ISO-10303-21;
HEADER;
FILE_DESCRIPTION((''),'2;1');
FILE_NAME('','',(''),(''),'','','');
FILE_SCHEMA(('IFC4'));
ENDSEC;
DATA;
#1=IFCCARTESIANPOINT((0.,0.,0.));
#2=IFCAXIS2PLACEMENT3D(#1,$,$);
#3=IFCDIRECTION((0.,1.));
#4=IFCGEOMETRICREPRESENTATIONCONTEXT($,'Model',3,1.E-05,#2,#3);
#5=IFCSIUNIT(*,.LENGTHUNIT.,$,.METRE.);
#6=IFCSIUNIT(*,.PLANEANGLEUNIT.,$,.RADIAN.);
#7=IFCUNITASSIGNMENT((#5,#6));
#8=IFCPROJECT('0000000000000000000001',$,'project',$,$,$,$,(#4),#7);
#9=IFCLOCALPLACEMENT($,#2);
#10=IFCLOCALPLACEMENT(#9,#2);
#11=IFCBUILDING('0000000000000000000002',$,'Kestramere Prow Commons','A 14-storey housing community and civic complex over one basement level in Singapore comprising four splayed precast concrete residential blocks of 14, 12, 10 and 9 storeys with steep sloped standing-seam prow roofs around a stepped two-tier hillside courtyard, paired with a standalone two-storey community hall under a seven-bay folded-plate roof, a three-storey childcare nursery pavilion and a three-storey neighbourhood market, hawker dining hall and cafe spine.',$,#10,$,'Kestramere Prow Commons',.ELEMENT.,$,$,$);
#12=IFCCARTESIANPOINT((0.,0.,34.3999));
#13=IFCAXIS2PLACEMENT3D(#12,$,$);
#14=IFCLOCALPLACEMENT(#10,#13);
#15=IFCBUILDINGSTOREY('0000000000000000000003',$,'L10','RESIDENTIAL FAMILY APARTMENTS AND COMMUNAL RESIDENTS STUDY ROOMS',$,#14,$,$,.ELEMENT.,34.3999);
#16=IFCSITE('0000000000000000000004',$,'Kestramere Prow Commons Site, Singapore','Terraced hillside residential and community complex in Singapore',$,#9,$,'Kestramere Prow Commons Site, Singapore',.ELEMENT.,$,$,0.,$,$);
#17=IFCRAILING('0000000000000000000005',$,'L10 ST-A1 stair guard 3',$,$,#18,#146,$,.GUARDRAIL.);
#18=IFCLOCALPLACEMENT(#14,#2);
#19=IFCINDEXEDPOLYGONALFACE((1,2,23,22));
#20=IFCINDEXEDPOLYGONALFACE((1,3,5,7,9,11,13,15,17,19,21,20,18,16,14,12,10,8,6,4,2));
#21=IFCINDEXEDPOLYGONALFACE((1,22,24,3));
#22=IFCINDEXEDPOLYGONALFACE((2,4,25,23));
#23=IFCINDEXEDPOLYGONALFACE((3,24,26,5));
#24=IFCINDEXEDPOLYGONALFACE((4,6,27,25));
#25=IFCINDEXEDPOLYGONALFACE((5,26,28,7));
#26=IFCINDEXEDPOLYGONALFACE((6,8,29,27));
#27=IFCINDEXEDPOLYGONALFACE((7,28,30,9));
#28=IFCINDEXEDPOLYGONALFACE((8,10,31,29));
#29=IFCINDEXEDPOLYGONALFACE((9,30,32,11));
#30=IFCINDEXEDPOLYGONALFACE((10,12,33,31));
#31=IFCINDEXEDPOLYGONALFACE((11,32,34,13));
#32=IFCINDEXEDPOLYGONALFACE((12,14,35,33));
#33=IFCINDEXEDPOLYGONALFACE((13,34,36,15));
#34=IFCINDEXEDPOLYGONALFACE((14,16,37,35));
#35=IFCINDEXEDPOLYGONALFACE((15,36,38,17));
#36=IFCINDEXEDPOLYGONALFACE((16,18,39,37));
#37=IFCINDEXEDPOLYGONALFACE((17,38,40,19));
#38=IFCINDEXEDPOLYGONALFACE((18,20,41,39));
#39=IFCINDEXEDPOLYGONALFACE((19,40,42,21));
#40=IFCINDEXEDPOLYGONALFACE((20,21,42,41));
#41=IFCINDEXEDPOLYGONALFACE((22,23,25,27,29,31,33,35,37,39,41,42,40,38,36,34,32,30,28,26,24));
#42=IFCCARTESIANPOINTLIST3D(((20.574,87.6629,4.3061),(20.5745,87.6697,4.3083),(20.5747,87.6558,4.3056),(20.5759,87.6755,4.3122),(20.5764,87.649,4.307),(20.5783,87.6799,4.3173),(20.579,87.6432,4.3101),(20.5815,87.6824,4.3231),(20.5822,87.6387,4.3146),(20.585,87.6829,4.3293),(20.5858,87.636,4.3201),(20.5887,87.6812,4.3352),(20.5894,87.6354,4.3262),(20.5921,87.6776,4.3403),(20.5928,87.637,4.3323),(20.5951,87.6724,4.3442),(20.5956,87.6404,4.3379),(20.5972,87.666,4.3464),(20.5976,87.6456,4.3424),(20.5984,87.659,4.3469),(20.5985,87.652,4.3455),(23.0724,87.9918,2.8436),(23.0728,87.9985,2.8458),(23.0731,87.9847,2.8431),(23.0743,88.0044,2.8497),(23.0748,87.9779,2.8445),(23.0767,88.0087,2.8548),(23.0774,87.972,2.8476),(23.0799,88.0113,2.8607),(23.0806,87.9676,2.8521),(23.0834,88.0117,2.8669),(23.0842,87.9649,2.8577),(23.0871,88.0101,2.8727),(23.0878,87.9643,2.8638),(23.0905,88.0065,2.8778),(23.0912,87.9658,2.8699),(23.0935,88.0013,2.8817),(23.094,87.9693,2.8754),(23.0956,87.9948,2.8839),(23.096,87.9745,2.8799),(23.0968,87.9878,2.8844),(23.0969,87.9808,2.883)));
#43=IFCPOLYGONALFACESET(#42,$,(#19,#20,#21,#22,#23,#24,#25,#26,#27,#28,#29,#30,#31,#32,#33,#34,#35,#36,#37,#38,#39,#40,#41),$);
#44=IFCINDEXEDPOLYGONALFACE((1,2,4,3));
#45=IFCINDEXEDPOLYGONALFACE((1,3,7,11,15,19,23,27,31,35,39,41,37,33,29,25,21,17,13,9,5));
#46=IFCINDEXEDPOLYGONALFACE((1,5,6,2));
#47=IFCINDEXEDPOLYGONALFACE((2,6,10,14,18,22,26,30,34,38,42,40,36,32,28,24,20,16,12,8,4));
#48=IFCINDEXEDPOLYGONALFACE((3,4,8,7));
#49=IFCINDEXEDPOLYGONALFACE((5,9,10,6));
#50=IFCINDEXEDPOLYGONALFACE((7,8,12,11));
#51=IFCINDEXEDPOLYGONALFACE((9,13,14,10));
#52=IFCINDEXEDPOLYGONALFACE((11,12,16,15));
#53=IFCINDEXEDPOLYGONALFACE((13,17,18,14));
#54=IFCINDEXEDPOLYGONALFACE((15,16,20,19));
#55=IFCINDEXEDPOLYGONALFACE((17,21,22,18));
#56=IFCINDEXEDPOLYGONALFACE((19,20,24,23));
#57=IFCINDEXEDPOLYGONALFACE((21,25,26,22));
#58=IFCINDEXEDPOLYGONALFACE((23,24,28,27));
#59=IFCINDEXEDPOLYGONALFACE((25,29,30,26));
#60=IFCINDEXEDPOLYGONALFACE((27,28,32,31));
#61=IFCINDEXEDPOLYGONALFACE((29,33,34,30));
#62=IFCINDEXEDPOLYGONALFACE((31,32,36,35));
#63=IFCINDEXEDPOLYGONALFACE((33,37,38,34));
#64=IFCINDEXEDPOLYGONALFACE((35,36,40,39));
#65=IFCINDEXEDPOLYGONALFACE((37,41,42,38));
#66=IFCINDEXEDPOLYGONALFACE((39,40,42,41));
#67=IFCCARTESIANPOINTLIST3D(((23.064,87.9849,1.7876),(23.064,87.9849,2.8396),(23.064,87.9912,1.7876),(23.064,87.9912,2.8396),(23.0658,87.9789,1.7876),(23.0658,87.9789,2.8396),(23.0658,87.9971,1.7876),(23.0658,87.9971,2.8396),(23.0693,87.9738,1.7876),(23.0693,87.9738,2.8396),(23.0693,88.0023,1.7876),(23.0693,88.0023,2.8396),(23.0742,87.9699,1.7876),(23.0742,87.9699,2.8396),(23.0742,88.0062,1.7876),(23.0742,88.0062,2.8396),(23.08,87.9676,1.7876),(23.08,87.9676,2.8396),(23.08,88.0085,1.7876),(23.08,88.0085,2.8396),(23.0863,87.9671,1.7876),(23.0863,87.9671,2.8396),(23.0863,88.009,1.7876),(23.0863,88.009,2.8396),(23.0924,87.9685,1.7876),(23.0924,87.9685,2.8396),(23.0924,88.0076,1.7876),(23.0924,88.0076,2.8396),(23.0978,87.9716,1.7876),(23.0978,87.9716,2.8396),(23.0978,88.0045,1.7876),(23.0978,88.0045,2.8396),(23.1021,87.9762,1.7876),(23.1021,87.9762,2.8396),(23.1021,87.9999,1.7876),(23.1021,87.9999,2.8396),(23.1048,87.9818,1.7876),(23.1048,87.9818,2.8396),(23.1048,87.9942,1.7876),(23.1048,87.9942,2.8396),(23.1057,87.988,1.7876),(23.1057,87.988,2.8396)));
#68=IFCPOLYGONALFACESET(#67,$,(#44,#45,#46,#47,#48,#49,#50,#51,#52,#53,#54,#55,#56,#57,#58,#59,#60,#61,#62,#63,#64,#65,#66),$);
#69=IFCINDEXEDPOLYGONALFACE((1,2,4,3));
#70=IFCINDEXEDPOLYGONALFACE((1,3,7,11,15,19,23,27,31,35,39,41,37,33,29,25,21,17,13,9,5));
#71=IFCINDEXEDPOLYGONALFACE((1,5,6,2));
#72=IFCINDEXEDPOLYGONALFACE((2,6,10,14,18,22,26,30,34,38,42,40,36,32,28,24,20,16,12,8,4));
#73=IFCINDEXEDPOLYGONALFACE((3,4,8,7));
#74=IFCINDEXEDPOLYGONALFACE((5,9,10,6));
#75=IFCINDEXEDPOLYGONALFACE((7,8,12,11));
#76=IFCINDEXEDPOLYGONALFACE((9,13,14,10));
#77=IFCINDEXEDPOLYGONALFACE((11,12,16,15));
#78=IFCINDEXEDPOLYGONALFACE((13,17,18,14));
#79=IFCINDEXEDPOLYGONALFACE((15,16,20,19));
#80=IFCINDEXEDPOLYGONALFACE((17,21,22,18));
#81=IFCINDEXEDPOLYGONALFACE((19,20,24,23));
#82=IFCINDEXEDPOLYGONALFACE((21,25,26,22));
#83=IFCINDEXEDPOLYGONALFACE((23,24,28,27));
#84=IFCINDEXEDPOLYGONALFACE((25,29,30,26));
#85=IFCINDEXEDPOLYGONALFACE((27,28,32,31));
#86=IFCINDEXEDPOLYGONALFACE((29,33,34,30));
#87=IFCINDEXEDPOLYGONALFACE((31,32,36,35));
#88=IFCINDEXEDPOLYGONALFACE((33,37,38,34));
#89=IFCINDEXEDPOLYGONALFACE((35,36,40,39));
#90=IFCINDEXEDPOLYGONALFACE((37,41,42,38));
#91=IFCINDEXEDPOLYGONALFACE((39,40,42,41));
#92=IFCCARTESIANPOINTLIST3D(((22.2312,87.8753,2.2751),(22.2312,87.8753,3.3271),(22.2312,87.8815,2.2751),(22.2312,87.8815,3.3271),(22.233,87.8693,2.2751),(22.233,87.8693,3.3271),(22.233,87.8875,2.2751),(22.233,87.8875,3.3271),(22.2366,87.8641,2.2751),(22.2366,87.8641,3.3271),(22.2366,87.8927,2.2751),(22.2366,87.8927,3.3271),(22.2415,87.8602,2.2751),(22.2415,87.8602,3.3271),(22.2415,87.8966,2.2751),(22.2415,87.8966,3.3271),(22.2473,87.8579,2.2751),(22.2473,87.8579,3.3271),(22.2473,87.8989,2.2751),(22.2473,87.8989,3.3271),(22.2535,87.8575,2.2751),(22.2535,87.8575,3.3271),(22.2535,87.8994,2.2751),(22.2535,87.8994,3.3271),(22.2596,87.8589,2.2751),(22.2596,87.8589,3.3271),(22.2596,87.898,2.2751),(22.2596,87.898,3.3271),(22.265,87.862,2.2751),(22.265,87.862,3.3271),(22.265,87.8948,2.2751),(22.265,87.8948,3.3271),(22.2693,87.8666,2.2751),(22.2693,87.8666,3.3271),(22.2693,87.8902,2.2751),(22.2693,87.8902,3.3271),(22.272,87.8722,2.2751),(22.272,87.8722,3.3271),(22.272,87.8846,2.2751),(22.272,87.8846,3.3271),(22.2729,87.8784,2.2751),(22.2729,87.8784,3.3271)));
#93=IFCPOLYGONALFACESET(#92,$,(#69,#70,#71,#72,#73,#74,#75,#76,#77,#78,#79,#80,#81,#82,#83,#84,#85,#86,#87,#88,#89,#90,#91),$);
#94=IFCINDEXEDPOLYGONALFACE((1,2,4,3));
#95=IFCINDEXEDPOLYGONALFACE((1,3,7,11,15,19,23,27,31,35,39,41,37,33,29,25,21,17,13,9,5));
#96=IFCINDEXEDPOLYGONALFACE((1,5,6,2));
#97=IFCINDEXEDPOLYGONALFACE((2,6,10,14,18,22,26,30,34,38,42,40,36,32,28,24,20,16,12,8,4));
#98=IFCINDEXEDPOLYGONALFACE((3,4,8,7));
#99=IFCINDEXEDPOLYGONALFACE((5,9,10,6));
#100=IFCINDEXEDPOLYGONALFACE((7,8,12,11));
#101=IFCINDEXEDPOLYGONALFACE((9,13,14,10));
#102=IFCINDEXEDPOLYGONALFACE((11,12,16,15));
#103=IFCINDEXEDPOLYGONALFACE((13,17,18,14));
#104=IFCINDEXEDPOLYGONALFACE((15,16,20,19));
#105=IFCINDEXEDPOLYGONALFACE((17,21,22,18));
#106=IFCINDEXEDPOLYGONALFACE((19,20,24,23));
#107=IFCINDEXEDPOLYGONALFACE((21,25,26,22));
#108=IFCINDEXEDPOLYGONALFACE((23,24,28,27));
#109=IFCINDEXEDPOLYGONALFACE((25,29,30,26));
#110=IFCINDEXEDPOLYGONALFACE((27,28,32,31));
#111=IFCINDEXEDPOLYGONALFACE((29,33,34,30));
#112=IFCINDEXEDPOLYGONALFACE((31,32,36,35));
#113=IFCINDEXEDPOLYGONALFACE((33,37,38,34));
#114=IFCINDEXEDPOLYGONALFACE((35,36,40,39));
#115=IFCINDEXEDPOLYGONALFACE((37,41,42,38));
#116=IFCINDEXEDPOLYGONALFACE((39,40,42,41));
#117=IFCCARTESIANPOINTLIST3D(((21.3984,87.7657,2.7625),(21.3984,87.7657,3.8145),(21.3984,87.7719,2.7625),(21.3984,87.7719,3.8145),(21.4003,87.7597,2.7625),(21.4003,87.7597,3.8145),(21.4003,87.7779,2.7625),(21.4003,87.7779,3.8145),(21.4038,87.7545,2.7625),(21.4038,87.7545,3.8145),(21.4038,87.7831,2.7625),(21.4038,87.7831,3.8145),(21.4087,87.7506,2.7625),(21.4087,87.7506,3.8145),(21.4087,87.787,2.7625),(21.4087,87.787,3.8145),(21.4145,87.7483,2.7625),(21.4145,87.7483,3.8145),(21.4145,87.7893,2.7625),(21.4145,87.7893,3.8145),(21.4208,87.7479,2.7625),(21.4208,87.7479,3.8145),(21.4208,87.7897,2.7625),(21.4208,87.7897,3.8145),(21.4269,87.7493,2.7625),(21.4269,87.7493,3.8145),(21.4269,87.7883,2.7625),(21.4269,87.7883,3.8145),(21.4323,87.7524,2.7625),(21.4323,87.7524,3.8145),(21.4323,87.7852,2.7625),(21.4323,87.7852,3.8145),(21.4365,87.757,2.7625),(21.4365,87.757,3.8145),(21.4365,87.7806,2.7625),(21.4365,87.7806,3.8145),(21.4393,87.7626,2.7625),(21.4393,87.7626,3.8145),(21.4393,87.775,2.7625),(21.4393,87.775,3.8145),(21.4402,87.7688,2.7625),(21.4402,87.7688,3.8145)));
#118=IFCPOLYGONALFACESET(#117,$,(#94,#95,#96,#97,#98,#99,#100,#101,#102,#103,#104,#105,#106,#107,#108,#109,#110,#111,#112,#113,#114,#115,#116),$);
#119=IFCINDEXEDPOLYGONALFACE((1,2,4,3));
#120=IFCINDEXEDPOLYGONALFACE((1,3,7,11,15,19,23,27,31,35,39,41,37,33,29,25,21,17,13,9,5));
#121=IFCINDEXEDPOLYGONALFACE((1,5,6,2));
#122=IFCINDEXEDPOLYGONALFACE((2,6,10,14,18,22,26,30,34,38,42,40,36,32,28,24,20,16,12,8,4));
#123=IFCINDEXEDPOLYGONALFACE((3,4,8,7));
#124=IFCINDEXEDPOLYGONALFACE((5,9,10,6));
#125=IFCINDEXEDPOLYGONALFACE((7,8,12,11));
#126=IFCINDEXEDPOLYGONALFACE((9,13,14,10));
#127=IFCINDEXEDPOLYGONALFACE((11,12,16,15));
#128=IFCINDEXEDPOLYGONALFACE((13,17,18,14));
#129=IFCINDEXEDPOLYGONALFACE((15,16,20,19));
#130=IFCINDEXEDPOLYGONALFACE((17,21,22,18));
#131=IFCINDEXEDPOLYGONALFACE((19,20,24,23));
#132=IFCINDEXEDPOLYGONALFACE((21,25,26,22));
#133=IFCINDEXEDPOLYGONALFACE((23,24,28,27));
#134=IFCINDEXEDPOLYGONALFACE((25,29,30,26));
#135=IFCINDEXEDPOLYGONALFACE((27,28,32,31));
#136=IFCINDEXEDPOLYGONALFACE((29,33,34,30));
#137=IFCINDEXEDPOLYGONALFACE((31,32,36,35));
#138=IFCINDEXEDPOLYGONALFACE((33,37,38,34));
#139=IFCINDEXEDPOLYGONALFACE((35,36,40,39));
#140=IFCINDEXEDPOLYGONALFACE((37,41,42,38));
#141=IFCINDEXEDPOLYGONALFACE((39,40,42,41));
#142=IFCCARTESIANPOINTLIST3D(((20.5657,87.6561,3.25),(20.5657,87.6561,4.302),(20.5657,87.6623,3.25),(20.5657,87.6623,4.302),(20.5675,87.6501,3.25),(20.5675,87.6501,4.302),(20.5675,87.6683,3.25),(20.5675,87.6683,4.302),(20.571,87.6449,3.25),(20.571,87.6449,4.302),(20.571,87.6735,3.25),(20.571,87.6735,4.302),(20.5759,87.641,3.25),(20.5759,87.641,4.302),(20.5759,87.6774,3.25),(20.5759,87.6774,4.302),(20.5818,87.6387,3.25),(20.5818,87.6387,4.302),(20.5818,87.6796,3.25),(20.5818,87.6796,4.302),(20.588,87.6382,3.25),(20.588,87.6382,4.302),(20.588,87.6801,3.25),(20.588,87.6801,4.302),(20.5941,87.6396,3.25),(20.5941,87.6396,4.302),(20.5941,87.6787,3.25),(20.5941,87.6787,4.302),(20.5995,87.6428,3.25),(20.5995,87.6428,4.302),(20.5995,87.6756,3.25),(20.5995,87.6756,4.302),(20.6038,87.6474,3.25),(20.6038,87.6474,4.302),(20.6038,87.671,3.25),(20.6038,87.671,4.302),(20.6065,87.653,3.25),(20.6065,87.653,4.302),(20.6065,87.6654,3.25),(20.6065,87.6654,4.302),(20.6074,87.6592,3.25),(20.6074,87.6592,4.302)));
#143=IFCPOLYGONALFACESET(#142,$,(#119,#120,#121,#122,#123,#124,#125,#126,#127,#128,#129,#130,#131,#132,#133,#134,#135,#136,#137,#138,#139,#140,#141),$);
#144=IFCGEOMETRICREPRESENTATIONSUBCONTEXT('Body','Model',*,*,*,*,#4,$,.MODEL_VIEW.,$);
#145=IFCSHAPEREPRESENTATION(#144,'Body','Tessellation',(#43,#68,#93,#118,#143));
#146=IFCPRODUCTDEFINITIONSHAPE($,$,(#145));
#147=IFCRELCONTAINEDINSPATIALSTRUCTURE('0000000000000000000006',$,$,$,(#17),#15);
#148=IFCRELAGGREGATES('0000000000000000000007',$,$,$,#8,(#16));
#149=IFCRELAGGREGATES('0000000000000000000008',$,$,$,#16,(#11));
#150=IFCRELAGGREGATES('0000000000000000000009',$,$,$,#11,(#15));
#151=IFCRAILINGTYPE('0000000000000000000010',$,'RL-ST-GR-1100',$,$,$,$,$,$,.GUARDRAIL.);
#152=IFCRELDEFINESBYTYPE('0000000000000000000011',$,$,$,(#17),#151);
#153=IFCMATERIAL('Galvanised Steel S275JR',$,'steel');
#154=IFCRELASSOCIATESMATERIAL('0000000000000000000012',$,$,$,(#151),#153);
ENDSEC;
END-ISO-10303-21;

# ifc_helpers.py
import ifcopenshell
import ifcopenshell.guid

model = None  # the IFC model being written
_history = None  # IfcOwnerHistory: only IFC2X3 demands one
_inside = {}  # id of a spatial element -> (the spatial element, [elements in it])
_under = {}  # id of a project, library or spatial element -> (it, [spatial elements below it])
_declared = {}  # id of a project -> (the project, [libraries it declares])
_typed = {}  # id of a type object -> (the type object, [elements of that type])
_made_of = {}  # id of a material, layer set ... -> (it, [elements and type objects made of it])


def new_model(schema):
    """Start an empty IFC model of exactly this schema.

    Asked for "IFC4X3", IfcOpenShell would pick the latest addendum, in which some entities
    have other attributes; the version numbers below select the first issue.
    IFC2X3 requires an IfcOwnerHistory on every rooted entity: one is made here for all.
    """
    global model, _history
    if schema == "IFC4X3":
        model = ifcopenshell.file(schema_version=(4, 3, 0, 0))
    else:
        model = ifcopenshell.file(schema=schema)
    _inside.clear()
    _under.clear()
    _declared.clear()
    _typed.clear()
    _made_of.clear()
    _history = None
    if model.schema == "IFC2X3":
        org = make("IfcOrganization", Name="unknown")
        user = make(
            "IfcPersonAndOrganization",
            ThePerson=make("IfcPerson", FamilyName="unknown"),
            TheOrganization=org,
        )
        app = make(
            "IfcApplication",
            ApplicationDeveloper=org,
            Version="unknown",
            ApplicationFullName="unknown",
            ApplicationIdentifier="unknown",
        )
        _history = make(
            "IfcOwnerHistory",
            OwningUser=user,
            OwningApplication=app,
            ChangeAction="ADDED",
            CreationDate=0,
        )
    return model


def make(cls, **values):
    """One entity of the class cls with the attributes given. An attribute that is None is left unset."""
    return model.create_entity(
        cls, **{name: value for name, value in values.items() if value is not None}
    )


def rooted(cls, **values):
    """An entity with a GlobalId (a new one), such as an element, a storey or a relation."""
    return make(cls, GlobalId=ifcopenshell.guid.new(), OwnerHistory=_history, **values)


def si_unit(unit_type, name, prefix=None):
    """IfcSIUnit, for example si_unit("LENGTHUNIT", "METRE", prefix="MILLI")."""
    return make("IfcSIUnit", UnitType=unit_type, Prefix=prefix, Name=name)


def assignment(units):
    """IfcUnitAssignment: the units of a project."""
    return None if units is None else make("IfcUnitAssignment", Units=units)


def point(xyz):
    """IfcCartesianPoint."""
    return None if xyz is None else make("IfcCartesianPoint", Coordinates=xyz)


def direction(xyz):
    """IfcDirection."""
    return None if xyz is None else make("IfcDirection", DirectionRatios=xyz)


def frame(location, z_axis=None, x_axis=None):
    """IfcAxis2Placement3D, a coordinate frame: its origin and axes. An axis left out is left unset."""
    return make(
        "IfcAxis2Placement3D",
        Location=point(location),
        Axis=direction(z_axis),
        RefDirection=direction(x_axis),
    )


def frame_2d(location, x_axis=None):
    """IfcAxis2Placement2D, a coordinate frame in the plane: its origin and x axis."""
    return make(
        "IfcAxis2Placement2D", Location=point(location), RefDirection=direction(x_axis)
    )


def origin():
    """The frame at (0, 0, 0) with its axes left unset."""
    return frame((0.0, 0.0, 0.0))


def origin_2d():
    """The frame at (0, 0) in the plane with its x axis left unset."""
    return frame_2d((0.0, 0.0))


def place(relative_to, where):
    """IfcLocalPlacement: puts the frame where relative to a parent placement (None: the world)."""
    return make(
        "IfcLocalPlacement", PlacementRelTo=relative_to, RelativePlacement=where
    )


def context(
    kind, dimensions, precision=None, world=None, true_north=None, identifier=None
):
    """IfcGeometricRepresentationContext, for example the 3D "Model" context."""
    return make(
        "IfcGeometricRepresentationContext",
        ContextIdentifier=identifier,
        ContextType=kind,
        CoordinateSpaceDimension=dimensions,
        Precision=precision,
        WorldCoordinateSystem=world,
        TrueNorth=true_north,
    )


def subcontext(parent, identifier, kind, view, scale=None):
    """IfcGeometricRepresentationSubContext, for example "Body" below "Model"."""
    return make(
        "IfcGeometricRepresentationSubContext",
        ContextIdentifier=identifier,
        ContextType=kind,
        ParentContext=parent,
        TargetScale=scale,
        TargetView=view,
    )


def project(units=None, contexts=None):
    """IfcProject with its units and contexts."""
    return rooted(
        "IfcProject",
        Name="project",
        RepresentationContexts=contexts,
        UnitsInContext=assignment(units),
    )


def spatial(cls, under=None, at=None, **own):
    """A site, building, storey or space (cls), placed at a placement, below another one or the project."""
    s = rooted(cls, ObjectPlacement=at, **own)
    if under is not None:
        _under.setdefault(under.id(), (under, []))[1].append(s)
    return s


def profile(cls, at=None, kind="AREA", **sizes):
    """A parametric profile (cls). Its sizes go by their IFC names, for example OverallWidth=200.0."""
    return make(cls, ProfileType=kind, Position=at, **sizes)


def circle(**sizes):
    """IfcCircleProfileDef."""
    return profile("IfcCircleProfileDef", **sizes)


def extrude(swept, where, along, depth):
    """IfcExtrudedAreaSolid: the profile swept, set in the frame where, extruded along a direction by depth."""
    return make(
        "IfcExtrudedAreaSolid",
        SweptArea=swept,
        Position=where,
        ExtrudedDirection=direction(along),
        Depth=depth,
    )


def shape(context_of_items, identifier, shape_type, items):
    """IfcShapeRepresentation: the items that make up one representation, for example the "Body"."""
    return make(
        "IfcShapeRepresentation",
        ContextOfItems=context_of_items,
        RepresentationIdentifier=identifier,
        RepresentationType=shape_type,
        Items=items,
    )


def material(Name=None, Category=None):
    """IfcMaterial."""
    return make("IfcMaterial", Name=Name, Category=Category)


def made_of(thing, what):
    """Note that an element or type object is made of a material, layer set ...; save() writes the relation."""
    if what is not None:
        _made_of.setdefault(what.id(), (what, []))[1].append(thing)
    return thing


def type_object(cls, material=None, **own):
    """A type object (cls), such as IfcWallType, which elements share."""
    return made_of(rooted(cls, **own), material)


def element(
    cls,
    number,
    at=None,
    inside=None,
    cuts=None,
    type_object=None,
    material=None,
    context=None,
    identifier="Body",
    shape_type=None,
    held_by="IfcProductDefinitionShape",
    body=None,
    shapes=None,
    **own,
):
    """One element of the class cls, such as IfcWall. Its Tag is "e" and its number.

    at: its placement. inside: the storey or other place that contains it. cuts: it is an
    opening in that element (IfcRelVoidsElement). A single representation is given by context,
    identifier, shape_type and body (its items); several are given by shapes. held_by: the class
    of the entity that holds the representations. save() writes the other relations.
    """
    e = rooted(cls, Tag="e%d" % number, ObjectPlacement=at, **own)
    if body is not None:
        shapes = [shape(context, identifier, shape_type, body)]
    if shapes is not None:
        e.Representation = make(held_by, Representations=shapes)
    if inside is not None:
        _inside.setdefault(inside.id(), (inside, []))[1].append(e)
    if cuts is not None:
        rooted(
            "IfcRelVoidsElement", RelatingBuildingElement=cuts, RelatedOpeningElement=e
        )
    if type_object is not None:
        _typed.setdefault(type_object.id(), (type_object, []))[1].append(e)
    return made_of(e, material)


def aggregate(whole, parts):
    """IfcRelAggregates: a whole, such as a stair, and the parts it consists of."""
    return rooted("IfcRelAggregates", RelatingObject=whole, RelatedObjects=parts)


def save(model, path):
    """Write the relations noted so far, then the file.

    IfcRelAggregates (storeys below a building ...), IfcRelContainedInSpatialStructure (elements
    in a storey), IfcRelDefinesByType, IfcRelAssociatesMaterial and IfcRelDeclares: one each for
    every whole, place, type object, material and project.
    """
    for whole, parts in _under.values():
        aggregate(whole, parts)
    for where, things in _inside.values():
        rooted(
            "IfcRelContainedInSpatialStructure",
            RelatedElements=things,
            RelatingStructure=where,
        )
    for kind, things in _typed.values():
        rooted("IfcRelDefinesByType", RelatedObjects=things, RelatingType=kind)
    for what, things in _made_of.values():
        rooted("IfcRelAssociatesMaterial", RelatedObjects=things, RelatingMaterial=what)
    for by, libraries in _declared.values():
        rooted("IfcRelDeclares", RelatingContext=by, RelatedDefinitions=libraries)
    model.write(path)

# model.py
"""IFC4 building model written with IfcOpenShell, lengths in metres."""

from ifc_helpers import new_model, si_unit, direction, frame, origin, origin_2d, place, context, subcontext, project, spatial, circle, extrude, material, type_object, element, save


model = new_model("IFC4")

# Units and contexts
model_context = context("Model", 3, precision=1e-05, world=origin(), true_north=direction((0.0, 1.0)))
body_context = subcontext(model_context, "Body", "Model", "MODEL_VIEW")
ifc_project = project(units=[si_unit("LENGTHUNIT", "METRE"), si_unit("PLANEANGLEUNIT", "RADIAN")], contexts=[model_context])

# Site, building, storey
site_placement = place(None, origin())
site = spatial("IfcSite", under=ifc_project, at=site_placement, Name="Kestramere Prow Commons Site, Singapore", Description="Terraced hillside residential and community complex in Singapore", LongName="Kestramere Prow Commons Site, Singapore", CompositionType="ELEMENT", RefElevation=0.0)
building_placement = place(site_placement, origin())
building = spatial("IfcBuilding", under=site, at=building_placement, Name="Kestramere Prow Commons", Description="A 14-storey housing community and civic complex over one basement level in Singapore comprising four splayed precast concrete residential blocks of 14, 12, 10 and 9 storeys with steep sloped standing-seam prow roofs around a stepped two-tier hillside courtyard, paired with a standalone two-storey community hall under a seven-bay folded-plate roof, a three-storey childcare nursery pavilion and a three-storey neighbourhood market, hawker dining hall and cafe spine.", LongName="Kestramere Prow Commons", CompositionType="ELEMENT")
storey_placement = place(building_placement, frame((0.0, 0.0, 34.3999)))
storey = spatial("IfcBuildingStorey", under=building, at=storey_placement, Name="L10", Description="RESIDENTIAL FAMILY APARTMENTS AND COMMUNAL RESIDENTS STUDY ROOMS", CompositionType="ELEMENT", Elevation=34.3999)

# Railing
ifc_material_1 = material(Name="Galvanised Steel S275JR", Category="steel")
railing_type_1 = type_object("IfcRailingType", Name="RL-ST-GR-1100", PredefinedType="GUARDRAIL", material=ifc_material_1)
railing_1_placement = place(storey_placement, frame((23.0847, 87.988, 1.7876)))
element("IfcRailing", 1, at=railing_1_placement, inside=storey, type_object=railing_type_1, Name="L10 ST-A1 stair guard 3", PredefinedType="GUARDRAIL", context=body_context, shape_type="SweptSolid", body=[
    extrude(circle(Radius=0.0239, at=origin_2d()), frame((0.0, 0.0, 1.0762), z_axis=(-0.857501, -0.112875, 0.501948), x_axis=(0.130507, -0.991447, 0.0)), (0.0, 0.0, 1.0), 2.9136),
    extrude(circle(Radius=0.021, at=origin_2d()), origin(), (0.0, 0.0, 1.0), 1.052),
    extrude(circle(Radius=0.021, at=origin_2d()), frame((-0.8328, -0.1096, 0.4875)), (0.0, 0.0, 1.0), 1.052),
    extrude(circle(Radius=0.021, at=origin_2d()), frame((-1.6655, -0.2192, 0.9749)), (0.0, 0.0, 1.0), 1.052),
    extrude(circle(Radius=0.021, at=origin_2d()), frame((-2.4983, -0.3289, 1.4624)), (0.0, 0.0, 1.0), 1.052),
])

save(model, "model.ifc")
